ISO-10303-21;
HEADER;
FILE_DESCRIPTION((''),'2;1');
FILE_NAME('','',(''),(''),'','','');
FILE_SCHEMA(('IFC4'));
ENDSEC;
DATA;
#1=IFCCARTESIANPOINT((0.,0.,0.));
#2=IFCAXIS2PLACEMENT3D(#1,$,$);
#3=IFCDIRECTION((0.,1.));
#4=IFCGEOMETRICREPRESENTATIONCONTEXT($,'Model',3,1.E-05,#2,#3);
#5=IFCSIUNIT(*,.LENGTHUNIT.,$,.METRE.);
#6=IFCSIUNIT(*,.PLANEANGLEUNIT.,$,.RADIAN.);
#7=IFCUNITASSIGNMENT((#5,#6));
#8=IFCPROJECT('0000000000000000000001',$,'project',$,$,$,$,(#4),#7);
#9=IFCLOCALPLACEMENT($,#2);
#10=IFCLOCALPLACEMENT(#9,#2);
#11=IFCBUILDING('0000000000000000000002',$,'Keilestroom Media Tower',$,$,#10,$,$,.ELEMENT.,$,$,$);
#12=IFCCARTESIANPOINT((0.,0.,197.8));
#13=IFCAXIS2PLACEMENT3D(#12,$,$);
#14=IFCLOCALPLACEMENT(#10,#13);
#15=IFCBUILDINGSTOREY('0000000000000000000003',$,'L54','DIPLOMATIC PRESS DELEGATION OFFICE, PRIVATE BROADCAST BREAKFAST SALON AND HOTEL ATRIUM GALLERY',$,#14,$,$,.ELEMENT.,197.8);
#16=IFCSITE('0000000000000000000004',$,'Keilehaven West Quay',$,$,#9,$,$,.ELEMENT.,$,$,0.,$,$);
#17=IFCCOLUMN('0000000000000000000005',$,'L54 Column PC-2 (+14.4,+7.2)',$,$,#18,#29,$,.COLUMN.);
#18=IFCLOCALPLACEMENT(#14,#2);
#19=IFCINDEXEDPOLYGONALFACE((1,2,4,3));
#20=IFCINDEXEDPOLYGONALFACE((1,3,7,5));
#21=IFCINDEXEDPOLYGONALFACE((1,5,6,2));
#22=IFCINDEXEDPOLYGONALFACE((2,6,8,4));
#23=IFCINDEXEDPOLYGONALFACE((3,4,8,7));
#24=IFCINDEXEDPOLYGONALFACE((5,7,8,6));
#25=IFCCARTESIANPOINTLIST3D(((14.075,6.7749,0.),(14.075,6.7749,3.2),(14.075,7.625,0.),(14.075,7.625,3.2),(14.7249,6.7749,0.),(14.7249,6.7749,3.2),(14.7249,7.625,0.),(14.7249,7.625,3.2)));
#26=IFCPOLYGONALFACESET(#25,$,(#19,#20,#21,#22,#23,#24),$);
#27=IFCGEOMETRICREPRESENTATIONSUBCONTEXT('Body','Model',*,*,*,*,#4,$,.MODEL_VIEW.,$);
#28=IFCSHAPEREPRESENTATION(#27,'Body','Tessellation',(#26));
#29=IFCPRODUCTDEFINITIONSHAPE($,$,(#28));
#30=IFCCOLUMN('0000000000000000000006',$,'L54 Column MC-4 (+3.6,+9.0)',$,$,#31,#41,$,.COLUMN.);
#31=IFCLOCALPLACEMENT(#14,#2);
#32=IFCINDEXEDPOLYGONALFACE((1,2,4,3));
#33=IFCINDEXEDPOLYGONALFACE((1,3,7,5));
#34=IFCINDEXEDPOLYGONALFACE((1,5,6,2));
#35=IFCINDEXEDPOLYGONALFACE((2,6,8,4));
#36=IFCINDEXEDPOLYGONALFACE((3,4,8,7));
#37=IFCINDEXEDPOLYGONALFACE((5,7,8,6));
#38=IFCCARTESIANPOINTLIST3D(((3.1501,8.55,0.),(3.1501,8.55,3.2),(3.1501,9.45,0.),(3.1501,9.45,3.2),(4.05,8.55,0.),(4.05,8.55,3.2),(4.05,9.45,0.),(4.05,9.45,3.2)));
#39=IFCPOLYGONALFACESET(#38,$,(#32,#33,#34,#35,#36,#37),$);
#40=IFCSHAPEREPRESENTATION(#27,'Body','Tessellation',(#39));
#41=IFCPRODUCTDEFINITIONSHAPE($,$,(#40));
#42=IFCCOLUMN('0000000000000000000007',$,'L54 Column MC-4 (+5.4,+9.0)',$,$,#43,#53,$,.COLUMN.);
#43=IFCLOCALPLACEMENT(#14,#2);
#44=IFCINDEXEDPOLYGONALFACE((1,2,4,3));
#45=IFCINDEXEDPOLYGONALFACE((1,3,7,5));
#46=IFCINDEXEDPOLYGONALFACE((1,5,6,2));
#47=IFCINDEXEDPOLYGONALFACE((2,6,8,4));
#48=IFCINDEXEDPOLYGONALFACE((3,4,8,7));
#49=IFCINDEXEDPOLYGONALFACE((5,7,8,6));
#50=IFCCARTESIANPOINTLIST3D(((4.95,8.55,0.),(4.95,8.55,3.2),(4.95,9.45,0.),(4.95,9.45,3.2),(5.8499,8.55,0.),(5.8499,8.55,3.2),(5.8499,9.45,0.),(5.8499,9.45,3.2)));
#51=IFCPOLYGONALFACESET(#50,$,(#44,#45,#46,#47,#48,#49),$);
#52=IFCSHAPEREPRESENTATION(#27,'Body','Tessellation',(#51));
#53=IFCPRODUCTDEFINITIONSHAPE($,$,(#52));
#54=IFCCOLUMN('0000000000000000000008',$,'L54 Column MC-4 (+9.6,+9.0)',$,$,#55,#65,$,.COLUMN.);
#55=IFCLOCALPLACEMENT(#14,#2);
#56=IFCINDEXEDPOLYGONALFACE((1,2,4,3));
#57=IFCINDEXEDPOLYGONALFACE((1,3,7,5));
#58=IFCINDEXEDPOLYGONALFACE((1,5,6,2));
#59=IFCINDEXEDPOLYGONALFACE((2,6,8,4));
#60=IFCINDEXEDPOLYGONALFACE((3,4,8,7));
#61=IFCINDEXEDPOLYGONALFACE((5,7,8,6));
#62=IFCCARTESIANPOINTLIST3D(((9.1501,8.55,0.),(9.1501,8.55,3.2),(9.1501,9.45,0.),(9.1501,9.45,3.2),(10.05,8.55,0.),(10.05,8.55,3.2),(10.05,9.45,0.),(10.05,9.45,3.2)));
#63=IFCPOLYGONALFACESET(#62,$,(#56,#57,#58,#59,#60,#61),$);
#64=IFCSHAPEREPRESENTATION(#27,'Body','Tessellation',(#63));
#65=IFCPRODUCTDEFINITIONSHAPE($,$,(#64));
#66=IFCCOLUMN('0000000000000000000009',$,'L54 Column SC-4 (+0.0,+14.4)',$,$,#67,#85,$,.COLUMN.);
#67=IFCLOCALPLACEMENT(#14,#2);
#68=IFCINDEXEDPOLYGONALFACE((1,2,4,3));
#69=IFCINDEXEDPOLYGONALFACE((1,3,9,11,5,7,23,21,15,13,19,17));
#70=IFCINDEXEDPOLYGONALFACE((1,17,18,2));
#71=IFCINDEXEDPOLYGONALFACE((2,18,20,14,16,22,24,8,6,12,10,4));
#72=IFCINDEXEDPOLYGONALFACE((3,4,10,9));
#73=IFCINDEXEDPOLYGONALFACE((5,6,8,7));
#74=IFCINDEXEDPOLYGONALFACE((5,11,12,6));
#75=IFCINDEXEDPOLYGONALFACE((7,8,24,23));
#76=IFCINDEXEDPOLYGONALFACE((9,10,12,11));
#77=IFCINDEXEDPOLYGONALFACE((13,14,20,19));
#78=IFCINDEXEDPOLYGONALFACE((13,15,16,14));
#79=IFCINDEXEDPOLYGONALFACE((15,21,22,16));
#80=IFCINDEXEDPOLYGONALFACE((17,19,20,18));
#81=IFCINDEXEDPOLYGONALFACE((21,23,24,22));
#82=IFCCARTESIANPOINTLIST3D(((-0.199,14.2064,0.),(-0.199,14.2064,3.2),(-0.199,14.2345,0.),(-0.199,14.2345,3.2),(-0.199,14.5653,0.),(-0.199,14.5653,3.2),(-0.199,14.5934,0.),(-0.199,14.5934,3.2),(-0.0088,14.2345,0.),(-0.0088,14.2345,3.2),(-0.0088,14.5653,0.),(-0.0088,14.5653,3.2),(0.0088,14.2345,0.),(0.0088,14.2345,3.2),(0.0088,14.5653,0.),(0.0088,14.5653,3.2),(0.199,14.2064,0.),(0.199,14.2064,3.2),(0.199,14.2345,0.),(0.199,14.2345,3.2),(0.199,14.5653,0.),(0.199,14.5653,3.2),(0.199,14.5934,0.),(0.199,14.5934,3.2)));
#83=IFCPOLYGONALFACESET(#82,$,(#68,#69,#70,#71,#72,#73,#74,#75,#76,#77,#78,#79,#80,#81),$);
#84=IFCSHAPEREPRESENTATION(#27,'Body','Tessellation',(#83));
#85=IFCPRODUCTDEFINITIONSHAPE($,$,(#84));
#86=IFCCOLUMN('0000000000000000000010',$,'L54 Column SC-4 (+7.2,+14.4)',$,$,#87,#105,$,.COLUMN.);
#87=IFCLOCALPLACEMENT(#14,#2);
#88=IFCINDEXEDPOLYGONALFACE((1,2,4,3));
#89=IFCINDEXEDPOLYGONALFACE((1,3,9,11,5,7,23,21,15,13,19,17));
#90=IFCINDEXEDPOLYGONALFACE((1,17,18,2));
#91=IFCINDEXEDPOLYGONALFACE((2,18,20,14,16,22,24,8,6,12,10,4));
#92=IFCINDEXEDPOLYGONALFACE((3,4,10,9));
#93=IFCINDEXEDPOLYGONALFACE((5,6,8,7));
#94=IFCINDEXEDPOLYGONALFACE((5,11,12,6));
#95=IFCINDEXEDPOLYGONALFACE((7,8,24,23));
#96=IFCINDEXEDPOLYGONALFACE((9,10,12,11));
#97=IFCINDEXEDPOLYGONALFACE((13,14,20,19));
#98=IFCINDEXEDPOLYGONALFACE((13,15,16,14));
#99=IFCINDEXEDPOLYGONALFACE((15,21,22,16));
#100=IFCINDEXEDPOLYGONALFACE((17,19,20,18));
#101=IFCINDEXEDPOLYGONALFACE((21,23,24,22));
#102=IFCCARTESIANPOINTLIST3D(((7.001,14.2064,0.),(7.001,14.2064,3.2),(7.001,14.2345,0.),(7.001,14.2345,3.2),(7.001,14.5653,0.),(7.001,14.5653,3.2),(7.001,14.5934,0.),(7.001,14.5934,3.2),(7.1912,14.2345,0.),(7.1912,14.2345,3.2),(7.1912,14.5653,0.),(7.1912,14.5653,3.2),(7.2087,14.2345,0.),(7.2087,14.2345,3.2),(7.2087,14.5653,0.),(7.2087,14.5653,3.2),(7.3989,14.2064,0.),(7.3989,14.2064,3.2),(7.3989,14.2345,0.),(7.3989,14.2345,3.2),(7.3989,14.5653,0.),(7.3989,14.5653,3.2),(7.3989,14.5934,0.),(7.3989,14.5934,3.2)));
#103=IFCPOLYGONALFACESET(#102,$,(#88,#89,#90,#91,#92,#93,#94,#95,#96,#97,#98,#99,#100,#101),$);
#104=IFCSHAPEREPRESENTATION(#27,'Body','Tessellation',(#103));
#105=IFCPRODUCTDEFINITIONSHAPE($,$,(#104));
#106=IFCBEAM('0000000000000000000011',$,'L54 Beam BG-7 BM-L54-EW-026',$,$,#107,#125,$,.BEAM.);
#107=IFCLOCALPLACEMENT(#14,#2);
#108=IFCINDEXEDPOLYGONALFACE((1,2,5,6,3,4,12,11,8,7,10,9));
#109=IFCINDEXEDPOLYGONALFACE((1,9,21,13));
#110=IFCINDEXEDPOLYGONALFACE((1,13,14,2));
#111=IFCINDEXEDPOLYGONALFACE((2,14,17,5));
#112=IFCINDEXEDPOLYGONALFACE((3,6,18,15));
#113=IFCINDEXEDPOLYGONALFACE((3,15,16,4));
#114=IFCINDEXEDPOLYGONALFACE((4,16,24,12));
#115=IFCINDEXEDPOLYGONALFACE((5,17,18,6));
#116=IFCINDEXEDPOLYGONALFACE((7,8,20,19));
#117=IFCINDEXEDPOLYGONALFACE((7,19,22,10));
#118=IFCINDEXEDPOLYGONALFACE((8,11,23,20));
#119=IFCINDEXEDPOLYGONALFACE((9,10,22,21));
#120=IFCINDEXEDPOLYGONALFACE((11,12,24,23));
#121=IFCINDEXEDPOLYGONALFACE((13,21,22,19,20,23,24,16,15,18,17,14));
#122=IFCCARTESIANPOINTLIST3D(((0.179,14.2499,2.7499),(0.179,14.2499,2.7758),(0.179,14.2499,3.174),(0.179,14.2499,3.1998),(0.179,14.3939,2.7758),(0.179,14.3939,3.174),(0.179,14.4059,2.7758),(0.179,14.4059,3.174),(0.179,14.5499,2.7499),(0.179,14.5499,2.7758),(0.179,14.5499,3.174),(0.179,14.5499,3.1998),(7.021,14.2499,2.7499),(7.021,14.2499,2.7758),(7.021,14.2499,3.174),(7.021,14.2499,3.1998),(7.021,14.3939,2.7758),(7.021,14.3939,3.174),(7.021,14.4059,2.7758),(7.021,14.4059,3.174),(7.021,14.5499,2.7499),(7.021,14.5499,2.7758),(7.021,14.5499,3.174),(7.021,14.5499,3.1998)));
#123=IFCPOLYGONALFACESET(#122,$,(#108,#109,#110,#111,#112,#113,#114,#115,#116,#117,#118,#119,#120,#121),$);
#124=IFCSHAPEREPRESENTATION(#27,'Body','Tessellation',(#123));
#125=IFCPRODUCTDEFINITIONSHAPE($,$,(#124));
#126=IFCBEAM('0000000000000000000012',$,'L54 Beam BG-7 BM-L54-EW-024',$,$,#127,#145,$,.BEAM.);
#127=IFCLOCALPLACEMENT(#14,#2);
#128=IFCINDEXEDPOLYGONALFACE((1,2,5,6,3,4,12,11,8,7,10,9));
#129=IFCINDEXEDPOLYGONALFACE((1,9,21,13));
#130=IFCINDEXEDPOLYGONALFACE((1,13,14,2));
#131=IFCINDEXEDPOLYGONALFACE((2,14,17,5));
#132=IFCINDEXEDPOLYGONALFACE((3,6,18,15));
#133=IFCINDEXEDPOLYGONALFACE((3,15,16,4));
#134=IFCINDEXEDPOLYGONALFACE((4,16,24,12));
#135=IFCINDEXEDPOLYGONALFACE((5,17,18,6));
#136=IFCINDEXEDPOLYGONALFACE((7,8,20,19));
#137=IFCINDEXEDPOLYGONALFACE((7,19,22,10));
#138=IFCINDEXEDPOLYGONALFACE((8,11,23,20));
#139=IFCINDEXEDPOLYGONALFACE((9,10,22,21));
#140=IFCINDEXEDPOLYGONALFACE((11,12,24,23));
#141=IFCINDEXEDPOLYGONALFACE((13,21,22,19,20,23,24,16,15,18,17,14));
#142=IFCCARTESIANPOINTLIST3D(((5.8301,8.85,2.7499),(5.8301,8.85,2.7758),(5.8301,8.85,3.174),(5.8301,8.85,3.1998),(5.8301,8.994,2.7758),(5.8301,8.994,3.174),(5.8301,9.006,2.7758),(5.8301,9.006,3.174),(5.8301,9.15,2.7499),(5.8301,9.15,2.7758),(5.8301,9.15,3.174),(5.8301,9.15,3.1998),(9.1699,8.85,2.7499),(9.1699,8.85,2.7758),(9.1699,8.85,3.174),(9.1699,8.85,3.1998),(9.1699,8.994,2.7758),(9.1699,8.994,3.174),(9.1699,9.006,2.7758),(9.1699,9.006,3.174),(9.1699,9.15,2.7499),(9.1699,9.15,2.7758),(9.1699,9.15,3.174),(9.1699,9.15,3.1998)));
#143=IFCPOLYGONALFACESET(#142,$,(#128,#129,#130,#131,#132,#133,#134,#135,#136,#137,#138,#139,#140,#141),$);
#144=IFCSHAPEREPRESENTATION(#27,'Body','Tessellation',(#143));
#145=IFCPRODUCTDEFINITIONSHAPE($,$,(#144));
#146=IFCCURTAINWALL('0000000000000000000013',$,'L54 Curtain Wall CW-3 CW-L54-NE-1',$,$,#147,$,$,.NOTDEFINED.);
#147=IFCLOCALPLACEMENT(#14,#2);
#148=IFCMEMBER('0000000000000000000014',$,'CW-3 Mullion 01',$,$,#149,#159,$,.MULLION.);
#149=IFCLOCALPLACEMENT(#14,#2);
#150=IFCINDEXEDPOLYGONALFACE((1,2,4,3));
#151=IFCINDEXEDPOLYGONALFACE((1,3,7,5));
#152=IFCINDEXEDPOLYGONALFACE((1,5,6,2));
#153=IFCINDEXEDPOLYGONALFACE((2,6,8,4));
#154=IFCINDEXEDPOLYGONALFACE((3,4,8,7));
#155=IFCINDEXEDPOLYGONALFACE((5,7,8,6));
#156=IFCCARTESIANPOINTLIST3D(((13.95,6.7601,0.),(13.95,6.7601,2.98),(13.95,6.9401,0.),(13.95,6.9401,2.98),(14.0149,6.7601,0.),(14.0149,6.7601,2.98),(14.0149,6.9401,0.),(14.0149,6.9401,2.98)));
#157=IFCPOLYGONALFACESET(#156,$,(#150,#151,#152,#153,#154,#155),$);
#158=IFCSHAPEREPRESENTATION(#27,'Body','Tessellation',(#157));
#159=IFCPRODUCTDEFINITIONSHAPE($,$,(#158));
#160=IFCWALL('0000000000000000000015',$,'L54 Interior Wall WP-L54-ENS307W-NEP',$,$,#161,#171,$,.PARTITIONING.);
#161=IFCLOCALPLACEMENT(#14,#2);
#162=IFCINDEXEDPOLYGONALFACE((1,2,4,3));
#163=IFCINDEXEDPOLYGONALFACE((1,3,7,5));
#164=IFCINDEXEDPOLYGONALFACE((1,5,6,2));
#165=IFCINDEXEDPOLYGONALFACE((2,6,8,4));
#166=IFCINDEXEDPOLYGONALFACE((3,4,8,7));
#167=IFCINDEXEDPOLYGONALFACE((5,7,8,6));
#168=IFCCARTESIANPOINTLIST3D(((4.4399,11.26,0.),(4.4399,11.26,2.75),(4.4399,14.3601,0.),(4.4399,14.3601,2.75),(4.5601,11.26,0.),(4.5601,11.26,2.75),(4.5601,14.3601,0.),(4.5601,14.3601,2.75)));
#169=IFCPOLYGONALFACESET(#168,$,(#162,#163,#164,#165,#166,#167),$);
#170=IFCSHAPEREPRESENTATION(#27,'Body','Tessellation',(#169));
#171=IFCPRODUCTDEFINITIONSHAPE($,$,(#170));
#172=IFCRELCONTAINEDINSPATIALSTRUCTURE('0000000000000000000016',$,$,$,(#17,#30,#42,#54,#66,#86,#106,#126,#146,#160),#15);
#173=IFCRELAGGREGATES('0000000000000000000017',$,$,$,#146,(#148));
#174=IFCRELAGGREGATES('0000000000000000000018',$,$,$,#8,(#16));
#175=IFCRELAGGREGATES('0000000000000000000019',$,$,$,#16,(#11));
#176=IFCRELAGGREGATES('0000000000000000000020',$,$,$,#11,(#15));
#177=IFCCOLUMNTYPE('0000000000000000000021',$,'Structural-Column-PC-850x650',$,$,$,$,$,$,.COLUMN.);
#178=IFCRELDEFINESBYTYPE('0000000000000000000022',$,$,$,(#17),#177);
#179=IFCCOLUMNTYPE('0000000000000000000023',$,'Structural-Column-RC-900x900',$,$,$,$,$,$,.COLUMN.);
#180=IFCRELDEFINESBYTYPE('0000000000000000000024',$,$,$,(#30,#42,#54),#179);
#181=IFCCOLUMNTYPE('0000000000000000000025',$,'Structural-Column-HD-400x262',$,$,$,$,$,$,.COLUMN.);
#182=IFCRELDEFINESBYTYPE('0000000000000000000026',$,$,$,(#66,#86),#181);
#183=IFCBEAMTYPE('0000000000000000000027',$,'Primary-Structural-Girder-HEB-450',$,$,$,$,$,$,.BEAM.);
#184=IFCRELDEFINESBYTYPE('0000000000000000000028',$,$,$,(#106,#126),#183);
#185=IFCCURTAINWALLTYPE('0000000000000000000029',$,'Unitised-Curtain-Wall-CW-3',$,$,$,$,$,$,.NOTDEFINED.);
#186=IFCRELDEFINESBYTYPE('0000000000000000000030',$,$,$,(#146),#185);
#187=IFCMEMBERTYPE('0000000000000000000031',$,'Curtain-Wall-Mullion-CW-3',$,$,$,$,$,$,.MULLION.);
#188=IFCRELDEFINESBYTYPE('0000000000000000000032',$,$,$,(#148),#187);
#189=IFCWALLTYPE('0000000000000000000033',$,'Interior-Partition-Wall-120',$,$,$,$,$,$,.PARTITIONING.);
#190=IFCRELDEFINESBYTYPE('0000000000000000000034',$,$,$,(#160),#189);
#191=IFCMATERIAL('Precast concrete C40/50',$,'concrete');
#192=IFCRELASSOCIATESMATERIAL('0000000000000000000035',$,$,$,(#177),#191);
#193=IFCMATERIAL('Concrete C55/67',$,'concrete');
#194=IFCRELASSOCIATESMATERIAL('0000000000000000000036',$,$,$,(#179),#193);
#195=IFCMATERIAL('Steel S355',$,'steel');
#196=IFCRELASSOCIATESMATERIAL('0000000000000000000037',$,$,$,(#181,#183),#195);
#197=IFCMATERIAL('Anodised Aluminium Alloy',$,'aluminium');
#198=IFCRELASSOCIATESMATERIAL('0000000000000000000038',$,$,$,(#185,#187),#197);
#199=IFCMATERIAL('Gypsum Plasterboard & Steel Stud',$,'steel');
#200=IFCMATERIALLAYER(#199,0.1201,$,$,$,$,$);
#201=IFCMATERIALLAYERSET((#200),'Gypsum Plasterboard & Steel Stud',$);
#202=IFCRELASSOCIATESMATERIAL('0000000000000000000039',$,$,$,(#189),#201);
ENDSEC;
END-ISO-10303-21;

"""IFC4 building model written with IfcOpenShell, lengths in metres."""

from ifc_helpers import new_model, si_unit, direction, frame, frame_2d, origin, origin_2d, place, context, subcontext, project, spatial, rectangle, i_section, extrude, source, transform, mapped, material, layer, layer_set, material_profile, profile_set, type_object, element, aggregate, save


model = new_model("IFC4")

# Units and contexts
model_context = context("Model", 3, precision=1e-05, world=origin(), true_north=direction((0.0, 1.0)))
body_context = subcontext(model_context, "Body", "Model", "MODEL_VIEW")
ifc_project = project(units=[si_unit("LENGTHUNIT", "METRE"), si_unit("PLANEANGLEUNIT", "RADIAN")], contexts=[model_context])

# Site, building, storey
site_placement = place(None, origin())
site = spatial("IfcSite", under=ifc_project, at=site_placement, Name="Keilehaven West Quay", CompositionType="ELEMENT", RefElevation=0.0)
building_placement = place(site_placement, origin())
building = spatial("IfcBuilding", under=site, at=building_placement, Name="Keilestroom Media Tower", CompositionType="ELEMENT")
storey_placement = place(building_placement, frame((0.0, 0.0, 197.8)))
storey = spatial("IfcBuildingStorey", under=building, at=storey_placement, Name="L54", Description="DIPLOMATIC PRESS DELEGATION OFFICE, PRIVATE BROADCAST BREAKFAST SALON AND HOTEL ATRIUM GALLERY", CompositionType="ELEMENT", Elevation=197.8)

# Columns
ifc_material_1 = material(Name="Precast concrete C40/50", Category="concrete")
ifc_material_profile_1 = material_profile(ifc_material_1, rectangle(XDim=0.6499, YDim=0.8501, at=origin_2d()), Name="PC 850x650")
ifc_profile_set_1 = profile_set([ifc_material_profile_1], Name="Precast concrete C40/50")
column_type_1 = type_object("IfcColumnType", Name="Structural-Column-PC-850x650", PredefinedType="COLUMN", material=ifc_profile_set_1)
shared_shape_1 = source(origin(), body_context, "Body", "SweptSolid", [
    extrude(rectangle(XDim=0.6499, YDim=0.8501, at=origin_2d()), origin(), (0.0, 0.0, 1.0), 3.2),
])
column_placement = place(storey_placement, frame((14.3999, 7.2, 0.0), z_axis=(0.0, 0.0, 1.0), x_axis=(1.0, 0.0, 0.0)))
element("IfcColumn", 1, at=column_placement, inside=storey, type_object=column_type_1, Name="L54 Column PC-2 (+14.4,+7.2)", PredefinedType="COLUMN", context=body_context, shape_type="MappedRepresentation", body=[
    mapped(shared_shape_1, transform((0.0, 0.0, 0.0), x_axis=(1.0, 0.0, 0.0), y_axis=(0.0, 1.0, 0.0), z_axis=(0.0, 0.0, 1.0), scale=1.0)),
])
ifc_material_2 = material(Name="Concrete C55/67", Category="concrete")
ifc_material_profile_2 = material_profile(ifc_material_2, rectangle(XDim=0.8999, YDim=0.8999, at=origin_2d()), Name="RC 900x900")
ifc_profile_set_2 = profile_set([ifc_material_profile_2], Name="Concrete C55/67")
column_type_2 = type_object("IfcColumnType", Name="Structural-Column-RC-900x900", PredefinedType="COLUMN", material=ifc_profile_set_2)
shared_shape_2 = source(origin(), body_context, "Body", "SweptSolid", [
    extrude(rectangle(XDim=0.8999, YDim=0.8999, at=origin_2d()), origin(), (0.0, 0.0, 1.0), 3.2),
])
for number, where, z_axis, x_axis, name in (
    (2, (3.6001, 9.0, 0.0), (0.0, 0.0, 1.0), (1.0, 0.0, 0.0), "L54 Column MC-4 (+3.6,+9.0)"),
    (3, (5.3999, 9.0, 0.0), (0.0, 0.0, 1.0), (1.0, 0.0, 0.0), "L54 Column MC-4 (+5.4,+9.0)"),
    (4, (9.6001, 9.0, 0.0), (0.0, 0.0, 1.0), (1.0, 0.0, 0.0), "L54 Column MC-4 (+9.6,+9.0)"),
):
    element("IfcColumn", number, at=place(storey_placement, frame(where, z_axis=z_axis, x_axis=x_axis)), inside=storey, type_object=column_type_2, Name=name, PredefinedType="COLUMN", context=body_context, shape_type="MappedRepresentation", body=[
        mapped(shared_shape_2, transform((0.0, 0.0, 0.0), x_axis=(1.0, 0.0, 0.0), y_axis=(0.0, 1.0, 0.0), z_axis=(0.0, 0.0, 1.0), scale=1.0)),
    ])
ifc_material_3 = material(Name="Steel S355", Category="steel")
ifc_material_profile_3 = material_profile(ifc_material_3, i_section(OverallWidth=0.3979, OverallDepth=0.387, WebThickness=0.0176, FlangeThickness=0.0281, at=origin_2d()), Name="HD 400x262")
ifc_profile_set_3 = profile_set([ifc_material_profile_3], Name="Steel S355")
column_type_3 = type_object("IfcColumnType", Name="Structural-Column-HD-400x262", PredefinedType="COLUMN", material=ifc_profile_set_3)
shared_shape_3 = source(origin(), body_context, "Body", "SweptSolid", [
    extrude(i_section(OverallWidth=0.3979, OverallDepth=0.387, WebThickness=0.0176, FlangeThickness=0.0281, at=origin_2d()), origin(), (0.0, 0.0, 1.0), 3.2),
])
for number, where, z_axis, x_axis, name in (
    (5, (0.0, 14.3999, 0.0), (0.0, 0.0, 1.0), (1.0, 0.0, 0.0), "L54 Column SC-4 (+0.0,+14.4)"),
    (6, (7.2, 14.3999, 0.0), (0.0, 0.0, 1.0), (1.0, 0.0, 0.0), "L54 Column SC-4 (+7.2,+14.4)"),
):
    element("IfcColumn", number, at=place(storey_placement, frame(where, z_axis=z_axis, x_axis=x_axis)), inside=storey, type_object=column_type_3, Name=name, PredefinedType="COLUMN", context=body_context, shape_type="MappedRepresentation", body=[
        mapped(shared_shape_3, transform((0.0, 0.0, 0.0), x_axis=(1.0, 0.0, 0.0), y_axis=(0.0, 1.0, 0.0), z_axis=(0.0, 0.0, 1.0), scale=1.0)),
    ])

# Beams
ifc_material_profile_4 = material_profile(ifc_material_3, i_section(OverallWidth=0.3, OverallDepth=0.45, WebThickness=0.012, FlangeThickness=0.0259, at=origin_2d()), Name="HEB 450")
ifc_profile_set_4 = profile_set([ifc_material_profile_4], Name="Steel S355")
beam_type = type_object("IfcBeamType", Name="Primary-Structural-Girder-HEB-450", PredefinedType="BEAM", material=ifc_profile_set_4)
shared_shape_4 = source(origin(), body_context, "Body", "SweptSolid", [
    extrude(i_section(OverallWidth=0.3, OverallDepth=0.45, WebThickness=0.012, FlangeThickness=0.0259, at=origin_2d()), origin(), (0.0, 0.0, 1.0), 6.842),
])
beam_1_placement = place(storey_placement, frame((0.179, 14.3999, 2.9749), z_axis=(1.0, 0.0, 0.0), x_axis=(0.0, 1.0, 0.0)))
element("IfcBeam", 7, at=beam_1_placement, inside=storey, type_object=beam_type, Name="L54 Beam BG-7 BM-L54-EW-026", PredefinedType="BEAM", context=body_context, shape_type="MappedRepresentation", body=[
    mapped(shared_shape_4, transform((0.0, 0.0, 0.0), x_axis=(1.0, 0.0, 0.0), y_axis=(0.0, 1.0, 0.0), z_axis=(0.0, 0.0, 1.0), scale=1.0)),
])
shared_shape_5 = source(origin(), body_context, "Body", "SweptSolid", [
    extrude(i_section(OverallWidth=0.3, OverallDepth=0.45, WebThickness=0.012, FlangeThickness=0.0259, at=origin_2d()), origin(), (0.0, 0.0, 1.0), 3.3398),
])
beam_2_placement = place(storey_placement, frame((5.8301, 9.0, 2.9749), z_axis=(1.0, 0.0, 0.0), x_axis=(0.0, 1.0, 0.0)))
element("IfcBeam", 8, at=beam_2_placement, inside=storey, type_object=beam_type, Name="L54 Beam BG-7 BM-L54-EW-024", PredefinedType="BEAM", context=body_context, shape_type="MappedRepresentation", body=[
    mapped(shared_shape_5, transform((0.0, 0.0, 0.0), x_axis=(1.0, 0.0, 0.0), y_axis=(0.0, 1.0, 0.0), z_axis=(0.0, 0.0, 1.0), scale=1.0)),
])

# Curtain wall, member
ifc_material_4 = material(Name="Anodised Aluminium Alloy", Category="aluminium")
curtain_wall_type = type_object("IfcCurtainWallType", Name="Unitised-Curtain-Wall-CW-3", PredefinedType="NOTDEFINED", material=ifc_material_4)
curtain_wall_placement = place(storey_placement, origin())
curtain_wall = element("IfcCurtainWall", 9, at=curtain_wall_placement, inside=storey, type_object=curtain_wall_type, Name="L54 Curtain Wall CW-3 CW-L54-NE-1", PredefinedType="NOTDEFINED")
ifc_material_profile_5 = material_profile(ifc_material_4, rectangle(XDim=0.0649, YDim=0.1799, at=origin_2d()), Name="ALU MULLION 65x180")
ifc_profile_set_5 = profile_set([ifc_material_profile_5], Name="Anodised Aluminium Alloy")
member_type = type_object("IfcMemberType", Name="Curtain-Wall-Mullion-CW-3", PredefinedType="MULLION", material=ifc_profile_set_5)
shared_shape_6 = source(origin(), body_context, "Body", "SweptSolid", [
    extrude(rectangle(XDim=0.0649, YDim=0.1799, at=origin_2d()), origin(), (0.0, 0.0, 1.0), 2.98),
])
member_placement = place(storey_placement, frame((13.9824, 6.8501, 0.0), z_axis=(0.0, 0.0, 1.0), x_axis=(1.0, 0.0, 0.0)))
member = element("IfcMember", 10, at=member_placement, type_object=member_type, Name="CW-3 Mullion 01", PredefinedType="MULLION", context=body_context, shape_type="MappedRepresentation", body=[
    mapped(shared_shape_6, transform((0.0, 0.0, 0.0), x_axis=(1.0, 0.0, 0.0), y_axis=(0.0, 1.0, 0.0), z_axis=(0.0, 0.0, 1.0), scale=1.0)),
])
aggregate(curtain_wall, [member])

# Wall
ifc_material_5 = material(Name="Gypsum Plasterboard & Steel Stud", Category="steel")
ifc_layer_1 = layer(ifc_material_5, 0.1201)
ifc_layer_set_1 = layer_set([ifc_layer_1], Name="Gypsum Plasterboard & Steel Stud")
wall_type_1 = type_object("IfcWallType", Name="Interior-Partition-Wall-120", PredefinedType="PARTITIONING", material=ifc_layer_set_1)
wall_1_placement = place(storey_placement, frame((4.5, 11.26, 0.0), z_axis=(0.0, 0.0, 1.0), x_axis=(0.0, 1.0, 0.0)))
element("IfcWall", 11, at=wall_1_placement, inside=storey, type_object=wall_type_1, Name="L54 Interior Wall WP-L54-ENS307W-NEP", PredefinedType="PARTITIONING", context=body_context, shape_type="SweptSolid", body=[
    extrude(rectangle(XDim=3.1001, YDim=0.1201, at=frame_2d((1.55, 0.0))), origin(), (0.0, 0.0, 1.0), 2.75),
])

save(model, "model.ifc")
